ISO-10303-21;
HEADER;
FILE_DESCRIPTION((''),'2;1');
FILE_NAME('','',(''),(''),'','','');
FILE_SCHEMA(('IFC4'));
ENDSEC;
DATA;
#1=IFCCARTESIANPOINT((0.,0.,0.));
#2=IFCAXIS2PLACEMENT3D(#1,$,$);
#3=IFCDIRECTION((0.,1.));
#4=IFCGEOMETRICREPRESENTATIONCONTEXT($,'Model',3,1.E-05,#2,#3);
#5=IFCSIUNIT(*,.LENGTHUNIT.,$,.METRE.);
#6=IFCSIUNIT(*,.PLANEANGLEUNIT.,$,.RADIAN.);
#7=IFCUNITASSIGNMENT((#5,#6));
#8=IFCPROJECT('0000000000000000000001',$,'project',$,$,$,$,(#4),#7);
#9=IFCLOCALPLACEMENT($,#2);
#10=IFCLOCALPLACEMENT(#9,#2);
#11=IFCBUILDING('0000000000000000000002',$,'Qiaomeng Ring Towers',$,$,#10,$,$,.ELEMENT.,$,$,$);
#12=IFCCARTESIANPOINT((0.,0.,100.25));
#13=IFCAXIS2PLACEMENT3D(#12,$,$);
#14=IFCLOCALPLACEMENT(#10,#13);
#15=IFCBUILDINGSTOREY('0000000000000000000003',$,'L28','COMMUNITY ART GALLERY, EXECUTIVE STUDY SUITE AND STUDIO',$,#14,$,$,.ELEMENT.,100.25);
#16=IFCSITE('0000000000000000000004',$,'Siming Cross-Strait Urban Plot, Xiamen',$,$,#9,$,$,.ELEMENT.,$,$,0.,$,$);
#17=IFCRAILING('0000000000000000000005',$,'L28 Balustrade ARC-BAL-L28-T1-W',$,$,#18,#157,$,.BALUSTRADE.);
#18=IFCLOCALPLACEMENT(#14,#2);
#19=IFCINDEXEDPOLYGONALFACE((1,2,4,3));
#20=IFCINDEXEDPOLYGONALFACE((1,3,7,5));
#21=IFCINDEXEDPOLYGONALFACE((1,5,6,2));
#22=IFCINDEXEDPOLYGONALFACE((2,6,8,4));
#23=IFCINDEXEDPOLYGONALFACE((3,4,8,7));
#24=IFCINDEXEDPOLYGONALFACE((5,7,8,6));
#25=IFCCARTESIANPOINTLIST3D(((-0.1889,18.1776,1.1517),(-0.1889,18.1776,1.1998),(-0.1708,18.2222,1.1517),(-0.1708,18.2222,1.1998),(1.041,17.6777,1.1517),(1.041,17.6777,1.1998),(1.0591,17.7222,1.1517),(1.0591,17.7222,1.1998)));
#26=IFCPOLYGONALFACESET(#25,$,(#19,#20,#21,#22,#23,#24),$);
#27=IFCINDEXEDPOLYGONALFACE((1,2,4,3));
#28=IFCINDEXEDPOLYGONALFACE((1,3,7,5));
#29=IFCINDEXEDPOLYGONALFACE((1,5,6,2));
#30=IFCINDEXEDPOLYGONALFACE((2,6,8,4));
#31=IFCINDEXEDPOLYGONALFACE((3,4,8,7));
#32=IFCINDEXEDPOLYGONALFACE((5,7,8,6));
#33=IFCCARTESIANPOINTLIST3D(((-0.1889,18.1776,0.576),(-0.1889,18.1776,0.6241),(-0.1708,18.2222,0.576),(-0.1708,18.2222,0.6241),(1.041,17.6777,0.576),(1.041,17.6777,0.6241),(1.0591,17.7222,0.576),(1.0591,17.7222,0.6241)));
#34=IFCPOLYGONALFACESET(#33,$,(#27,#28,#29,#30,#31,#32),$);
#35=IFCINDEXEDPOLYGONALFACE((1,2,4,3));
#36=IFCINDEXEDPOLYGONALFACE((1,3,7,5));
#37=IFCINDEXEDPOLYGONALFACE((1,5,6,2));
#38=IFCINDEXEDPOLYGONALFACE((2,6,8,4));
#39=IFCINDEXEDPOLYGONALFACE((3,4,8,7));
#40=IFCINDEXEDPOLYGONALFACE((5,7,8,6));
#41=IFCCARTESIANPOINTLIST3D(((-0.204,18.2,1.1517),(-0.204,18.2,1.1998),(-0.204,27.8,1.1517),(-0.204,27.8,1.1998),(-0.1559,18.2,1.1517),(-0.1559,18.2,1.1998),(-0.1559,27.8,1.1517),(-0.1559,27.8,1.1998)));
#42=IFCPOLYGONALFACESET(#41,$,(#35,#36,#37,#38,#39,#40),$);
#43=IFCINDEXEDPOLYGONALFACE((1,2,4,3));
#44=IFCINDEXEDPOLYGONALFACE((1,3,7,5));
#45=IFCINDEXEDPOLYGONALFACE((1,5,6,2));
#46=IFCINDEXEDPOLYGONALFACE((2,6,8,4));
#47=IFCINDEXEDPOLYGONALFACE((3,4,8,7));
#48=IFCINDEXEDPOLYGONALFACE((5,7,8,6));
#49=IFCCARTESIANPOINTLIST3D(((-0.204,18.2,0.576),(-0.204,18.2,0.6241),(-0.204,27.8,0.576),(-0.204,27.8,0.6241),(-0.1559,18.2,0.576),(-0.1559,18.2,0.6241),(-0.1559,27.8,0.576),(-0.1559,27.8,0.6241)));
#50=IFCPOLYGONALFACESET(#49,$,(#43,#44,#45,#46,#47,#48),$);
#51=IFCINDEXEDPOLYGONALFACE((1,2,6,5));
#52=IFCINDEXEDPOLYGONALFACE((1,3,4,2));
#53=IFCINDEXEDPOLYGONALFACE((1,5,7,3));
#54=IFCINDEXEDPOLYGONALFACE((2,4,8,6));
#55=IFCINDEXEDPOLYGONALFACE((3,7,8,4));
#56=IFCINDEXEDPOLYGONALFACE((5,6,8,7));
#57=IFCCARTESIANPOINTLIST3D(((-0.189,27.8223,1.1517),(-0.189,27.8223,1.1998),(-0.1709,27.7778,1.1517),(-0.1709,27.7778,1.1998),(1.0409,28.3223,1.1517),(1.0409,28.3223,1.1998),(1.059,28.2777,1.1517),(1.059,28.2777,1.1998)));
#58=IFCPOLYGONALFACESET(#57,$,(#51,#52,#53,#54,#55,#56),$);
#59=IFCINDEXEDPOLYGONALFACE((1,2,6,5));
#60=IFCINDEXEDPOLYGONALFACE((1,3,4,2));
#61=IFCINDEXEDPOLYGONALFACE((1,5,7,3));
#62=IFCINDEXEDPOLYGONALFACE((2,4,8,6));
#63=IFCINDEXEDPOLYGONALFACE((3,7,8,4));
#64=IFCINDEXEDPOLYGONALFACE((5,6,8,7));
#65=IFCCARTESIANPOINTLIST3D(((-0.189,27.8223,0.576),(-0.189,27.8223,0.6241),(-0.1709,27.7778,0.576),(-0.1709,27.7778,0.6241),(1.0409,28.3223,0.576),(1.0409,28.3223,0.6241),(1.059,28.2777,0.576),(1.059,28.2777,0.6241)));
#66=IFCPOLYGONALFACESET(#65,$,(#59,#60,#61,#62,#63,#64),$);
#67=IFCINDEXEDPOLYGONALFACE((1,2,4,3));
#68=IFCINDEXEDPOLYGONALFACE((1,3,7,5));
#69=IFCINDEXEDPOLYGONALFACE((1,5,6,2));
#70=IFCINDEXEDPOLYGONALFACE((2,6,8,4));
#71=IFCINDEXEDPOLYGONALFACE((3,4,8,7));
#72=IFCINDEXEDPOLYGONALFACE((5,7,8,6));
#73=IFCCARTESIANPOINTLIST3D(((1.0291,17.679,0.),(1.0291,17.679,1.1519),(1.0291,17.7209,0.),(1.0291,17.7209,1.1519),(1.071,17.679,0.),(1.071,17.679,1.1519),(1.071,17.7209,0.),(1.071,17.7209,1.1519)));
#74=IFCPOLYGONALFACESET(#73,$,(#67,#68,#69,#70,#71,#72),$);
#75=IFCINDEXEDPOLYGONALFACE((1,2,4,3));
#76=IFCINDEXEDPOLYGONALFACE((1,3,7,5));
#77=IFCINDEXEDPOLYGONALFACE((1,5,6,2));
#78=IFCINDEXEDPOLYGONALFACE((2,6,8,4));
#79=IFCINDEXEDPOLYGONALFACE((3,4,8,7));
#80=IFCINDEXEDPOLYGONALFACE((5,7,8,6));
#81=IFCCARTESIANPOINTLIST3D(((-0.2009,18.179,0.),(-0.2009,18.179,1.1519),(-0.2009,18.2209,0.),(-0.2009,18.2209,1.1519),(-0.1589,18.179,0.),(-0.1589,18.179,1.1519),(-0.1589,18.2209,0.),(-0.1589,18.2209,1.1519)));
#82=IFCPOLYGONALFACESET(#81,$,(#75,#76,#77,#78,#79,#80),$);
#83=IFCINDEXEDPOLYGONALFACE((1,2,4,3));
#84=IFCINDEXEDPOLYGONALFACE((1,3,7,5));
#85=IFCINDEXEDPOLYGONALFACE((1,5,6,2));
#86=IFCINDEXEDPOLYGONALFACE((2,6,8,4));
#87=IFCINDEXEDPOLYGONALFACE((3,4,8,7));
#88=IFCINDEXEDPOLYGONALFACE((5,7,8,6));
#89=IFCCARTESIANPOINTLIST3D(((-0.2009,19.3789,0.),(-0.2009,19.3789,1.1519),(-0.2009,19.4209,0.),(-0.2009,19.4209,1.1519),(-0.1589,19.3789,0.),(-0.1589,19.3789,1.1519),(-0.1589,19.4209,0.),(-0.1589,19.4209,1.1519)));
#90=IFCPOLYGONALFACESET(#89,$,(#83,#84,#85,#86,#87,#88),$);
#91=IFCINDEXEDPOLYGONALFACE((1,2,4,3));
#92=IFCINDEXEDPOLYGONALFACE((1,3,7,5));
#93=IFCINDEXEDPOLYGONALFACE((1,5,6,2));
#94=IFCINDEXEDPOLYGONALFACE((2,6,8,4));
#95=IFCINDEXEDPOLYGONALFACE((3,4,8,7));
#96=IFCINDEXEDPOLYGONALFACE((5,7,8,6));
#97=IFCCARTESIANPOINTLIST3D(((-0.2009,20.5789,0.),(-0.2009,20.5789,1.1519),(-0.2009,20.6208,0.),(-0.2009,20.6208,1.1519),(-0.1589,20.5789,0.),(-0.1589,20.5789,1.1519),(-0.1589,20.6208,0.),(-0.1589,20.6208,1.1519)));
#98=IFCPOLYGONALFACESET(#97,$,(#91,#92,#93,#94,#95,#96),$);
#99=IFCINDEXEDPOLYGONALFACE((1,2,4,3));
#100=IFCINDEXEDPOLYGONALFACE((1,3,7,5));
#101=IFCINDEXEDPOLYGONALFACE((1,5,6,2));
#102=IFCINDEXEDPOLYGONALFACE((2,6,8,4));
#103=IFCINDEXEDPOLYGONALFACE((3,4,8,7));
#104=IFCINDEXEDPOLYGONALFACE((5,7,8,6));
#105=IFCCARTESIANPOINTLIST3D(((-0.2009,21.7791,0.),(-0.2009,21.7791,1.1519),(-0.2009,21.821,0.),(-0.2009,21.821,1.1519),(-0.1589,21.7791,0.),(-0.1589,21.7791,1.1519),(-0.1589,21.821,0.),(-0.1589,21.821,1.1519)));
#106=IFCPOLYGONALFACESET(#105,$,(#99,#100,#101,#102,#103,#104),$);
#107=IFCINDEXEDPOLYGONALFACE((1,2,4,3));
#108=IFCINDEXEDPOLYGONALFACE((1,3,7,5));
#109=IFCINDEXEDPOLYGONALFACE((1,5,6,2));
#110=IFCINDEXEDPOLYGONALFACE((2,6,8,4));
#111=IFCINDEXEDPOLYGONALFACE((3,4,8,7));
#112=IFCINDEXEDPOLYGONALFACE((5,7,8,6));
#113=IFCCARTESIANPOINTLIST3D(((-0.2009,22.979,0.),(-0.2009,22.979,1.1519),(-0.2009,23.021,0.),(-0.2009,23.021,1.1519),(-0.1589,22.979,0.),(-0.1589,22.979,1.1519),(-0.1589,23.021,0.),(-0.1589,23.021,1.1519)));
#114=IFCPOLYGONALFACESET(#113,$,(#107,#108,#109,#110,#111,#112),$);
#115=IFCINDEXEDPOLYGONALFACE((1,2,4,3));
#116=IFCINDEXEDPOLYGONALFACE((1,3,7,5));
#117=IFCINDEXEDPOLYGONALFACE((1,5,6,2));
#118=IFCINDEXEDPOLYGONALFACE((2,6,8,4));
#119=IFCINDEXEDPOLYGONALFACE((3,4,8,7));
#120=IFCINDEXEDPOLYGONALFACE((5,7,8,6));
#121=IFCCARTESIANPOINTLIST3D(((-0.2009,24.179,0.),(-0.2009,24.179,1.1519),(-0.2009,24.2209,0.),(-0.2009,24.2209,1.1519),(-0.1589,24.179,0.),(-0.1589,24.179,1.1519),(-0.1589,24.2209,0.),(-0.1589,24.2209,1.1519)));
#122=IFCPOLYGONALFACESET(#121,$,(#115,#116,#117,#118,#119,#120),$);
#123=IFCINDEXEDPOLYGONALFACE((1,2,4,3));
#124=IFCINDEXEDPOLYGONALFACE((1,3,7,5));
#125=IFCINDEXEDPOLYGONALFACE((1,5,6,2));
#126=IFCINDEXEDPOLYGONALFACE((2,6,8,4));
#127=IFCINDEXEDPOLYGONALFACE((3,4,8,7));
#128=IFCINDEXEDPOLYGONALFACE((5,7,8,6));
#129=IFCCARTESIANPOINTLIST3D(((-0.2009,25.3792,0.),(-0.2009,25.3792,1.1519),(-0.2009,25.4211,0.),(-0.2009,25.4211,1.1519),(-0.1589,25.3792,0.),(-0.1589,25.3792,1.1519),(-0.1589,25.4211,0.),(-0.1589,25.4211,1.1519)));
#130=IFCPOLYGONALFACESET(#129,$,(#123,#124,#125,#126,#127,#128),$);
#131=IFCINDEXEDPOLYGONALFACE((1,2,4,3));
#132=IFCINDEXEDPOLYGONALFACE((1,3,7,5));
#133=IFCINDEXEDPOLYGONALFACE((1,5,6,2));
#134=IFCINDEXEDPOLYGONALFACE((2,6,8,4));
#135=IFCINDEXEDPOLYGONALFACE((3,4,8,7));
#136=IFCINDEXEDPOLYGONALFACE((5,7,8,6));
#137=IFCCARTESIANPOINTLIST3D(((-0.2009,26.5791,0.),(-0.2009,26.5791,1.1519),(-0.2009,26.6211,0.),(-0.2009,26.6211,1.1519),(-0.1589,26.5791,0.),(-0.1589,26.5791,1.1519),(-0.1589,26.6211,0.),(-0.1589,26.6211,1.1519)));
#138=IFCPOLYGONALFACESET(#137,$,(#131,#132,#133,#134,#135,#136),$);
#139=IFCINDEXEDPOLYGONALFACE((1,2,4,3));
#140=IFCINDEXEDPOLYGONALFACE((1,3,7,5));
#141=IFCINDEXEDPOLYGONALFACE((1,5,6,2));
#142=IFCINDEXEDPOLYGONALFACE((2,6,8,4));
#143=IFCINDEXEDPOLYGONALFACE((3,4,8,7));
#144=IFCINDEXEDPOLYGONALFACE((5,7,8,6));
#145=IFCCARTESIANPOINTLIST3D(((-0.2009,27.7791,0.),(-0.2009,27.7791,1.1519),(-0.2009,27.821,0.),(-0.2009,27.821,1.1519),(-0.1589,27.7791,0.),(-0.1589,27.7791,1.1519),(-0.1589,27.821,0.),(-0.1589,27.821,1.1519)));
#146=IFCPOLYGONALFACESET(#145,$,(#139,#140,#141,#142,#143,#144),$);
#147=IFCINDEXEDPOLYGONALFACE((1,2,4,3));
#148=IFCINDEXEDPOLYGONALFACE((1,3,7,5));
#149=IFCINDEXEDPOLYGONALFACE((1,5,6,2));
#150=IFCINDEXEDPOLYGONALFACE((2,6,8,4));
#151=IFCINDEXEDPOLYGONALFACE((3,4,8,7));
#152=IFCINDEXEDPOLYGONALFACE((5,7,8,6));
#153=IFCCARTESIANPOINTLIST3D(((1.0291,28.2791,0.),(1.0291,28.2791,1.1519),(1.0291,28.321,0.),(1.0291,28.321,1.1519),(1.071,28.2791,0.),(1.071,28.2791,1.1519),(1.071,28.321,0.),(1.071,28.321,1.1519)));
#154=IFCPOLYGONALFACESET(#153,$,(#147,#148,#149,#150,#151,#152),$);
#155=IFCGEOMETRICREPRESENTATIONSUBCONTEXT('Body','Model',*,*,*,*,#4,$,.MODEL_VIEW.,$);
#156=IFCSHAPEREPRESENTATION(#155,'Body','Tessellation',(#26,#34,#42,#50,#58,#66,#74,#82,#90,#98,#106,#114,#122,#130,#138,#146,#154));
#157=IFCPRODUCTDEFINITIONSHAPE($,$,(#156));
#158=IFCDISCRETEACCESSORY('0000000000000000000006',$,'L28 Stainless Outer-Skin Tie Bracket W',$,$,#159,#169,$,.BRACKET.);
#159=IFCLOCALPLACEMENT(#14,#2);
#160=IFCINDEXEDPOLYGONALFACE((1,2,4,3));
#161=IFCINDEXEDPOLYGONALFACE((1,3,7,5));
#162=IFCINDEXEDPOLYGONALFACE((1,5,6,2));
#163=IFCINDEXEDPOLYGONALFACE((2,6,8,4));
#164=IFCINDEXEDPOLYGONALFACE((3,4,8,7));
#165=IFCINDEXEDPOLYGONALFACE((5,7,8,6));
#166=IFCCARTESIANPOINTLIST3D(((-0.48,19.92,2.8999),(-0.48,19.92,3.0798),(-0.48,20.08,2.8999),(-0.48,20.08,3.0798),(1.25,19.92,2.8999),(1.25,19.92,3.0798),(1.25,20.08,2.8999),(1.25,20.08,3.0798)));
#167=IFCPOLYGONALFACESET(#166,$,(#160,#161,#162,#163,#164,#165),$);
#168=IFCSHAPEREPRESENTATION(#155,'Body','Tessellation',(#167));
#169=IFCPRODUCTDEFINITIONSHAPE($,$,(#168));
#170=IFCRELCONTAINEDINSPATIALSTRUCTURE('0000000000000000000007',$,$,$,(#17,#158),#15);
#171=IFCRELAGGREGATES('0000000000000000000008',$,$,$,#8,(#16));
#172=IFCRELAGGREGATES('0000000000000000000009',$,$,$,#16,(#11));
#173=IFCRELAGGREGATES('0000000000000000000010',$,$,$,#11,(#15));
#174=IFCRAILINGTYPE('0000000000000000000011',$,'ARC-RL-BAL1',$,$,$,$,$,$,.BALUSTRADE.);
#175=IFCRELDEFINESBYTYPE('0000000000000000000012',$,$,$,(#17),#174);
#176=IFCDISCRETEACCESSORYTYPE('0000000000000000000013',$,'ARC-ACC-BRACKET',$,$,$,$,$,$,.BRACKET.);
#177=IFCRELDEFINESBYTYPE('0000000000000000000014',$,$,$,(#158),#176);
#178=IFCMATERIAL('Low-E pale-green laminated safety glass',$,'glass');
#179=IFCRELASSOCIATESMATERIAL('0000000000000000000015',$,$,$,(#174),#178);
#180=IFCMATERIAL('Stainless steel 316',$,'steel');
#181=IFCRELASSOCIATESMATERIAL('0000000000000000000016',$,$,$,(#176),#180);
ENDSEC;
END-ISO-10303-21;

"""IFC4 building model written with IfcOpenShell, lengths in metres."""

from ifc_helpers import new_model, si_unit, direction, frame, origin, origin_2d, place, context, subcontext, project, spatial, rectangle, extrude, source, transform, mapped, material, type_object, element, save


model = new_model("IFC4")

# Units and contexts
model_context = context("Model", 3, precision=1e-05, world=origin(), true_north=direction((0.0, 1.0)))
body_context = subcontext(model_context, "Body", "Model", "MODEL_VIEW")
ifc_project = project(units=[si_unit("LENGTHUNIT", "METRE"), si_unit("PLANEANGLEUNIT", "RADIAN")], contexts=[model_context])

# Site, building, storey
site_placement = place(None, origin())
site = spatial("IfcSite", under=ifc_project, at=site_placement, Name="Siming Cross-Strait Urban Plot, Xiamen", CompositionType="ELEMENT", RefElevation=0.0)
building_placement = place(site_placement, origin())
building = spatial("IfcBuilding", under=site, at=building_placement, Name="Qiaomeng Ring Towers", CompositionType="ELEMENT")
storey_placement = place(building_placement, frame((0.0, 0.0, 100.25)))
storey = spatial("IfcBuildingStorey", under=building, at=storey_placement, Name="L28", Description="COMMUNITY ART GALLERY, EXECUTIVE STUDY SUITE AND STUDIO", CompositionType="ELEMENT", Elevation=100.25)

# Shared definitions
ifc_material_1 = material(Name="Stainless steel 316", Category="steel")

# Railing
ifc_material_2 = material(Name="Low-E pale-green laminated safety glass", Category="glass")
railing_type = type_object("IfcRailingType", Name="ARC-RL-BAL1", PredefinedType="BALUSTRADE", material=ifc_material_2)
railing_1_placement = place(storey_placement, frame((1.05, 17.7, 0.0)))
element("IfcRailing", 1, at=railing_1_placement, inside=storey, type_object=railing_type, Name="L28 Balustrade ARC-BAL-L28-T1-W", PredefinedType="BALUSTRADE", context=body_context, shape_type="SweptSolid", body=[
    extrude(rectangle(XDim=0.0481, YDim=0.0481, at=origin_2d()), frame((0.0, 0.0, 1.1758), z_axis=(-0.926382, 0.376584, 0.0), x_axis=(-0.376584, -0.926382, 0.0)), (0.0, 0.0, 1.0), 1.3276),
    extrude(rectangle(XDim=0.0481, YDim=0.0481, at=origin_2d()), frame((0.0, 0.0, 0.6001), z_axis=(-0.926382, 0.376584, 0.0), x_axis=(-0.376584, -0.926382, 0.0)), (0.0, 0.0, 1.0), 1.3276),
    extrude(rectangle(XDim=0.0481, YDim=0.0481, at=origin_2d()), frame((-1.23, 0.5, 1.1758), z_axis=(0.0, 1.0, 0.0), x_axis=(-1.0, 0.0, 0.0)), (0.0, 0.0, 1.0), 9.6001),
    extrude(rectangle(XDim=0.0481, YDim=0.0481, at=origin_2d()), frame((-1.23, 0.5, 0.6001), z_axis=(0.0, 1.0, 0.0), x_axis=(-1.0, 0.0, 0.0)), (0.0, 0.0, 1.0), 9.6001),
    extrude(rectangle(XDim=0.0481, YDim=0.0481, at=origin_2d()), frame((-1.23, 10.1001, 1.1758), z_axis=(0.926382, 0.376584, 0.0), x_axis=(-0.376584, 0.926382, 0.0)), (0.0, 0.0, 1.0), 1.3276),
    extrude(rectangle(XDim=0.0481, YDim=0.0481, at=origin_2d()), frame((-1.23, 10.1001, 0.6001), z_axis=(0.926382, 0.376584, 0.0), x_axis=(-0.376584, 0.926382, 0.0)), (0.0, 0.0, 1.0), 1.3276),
    extrude(rectangle(XDim=0.042, YDim=0.042, at=origin_2d()), origin(), (0.0, 0.0, 1.0), 1.1519),
    extrude(rectangle(XDim=0.042, YDim=0.042, at=origin_2d()), frame((-1.23, 0.5, 0.0)), (0.0, 0.0, 1.0), 1.1519),
    extrude(rectangle(XDim=0.042, YDim=0.042, at=origin_2d()), frame((-1.23, 1.7, 0.0)), (0.0, 0.0, 1.0), 1.1519),
    extrude(rectangle(XDim=0.042, YDim=0.042, at=origin_2d()), frame((-1.23, 2.8999, 0.0)), (0.0, 0.0, 1.0), 1.1519),
    extrude(rectangle(XDim=0.042, YDim=0.042, at=origin_2d()), frame((-1.23, 4.1001, 0.0)), (0.0, 0.0, 1.0), 1.1519),
    extrude(rectangle(XDim=0.042, YDim=0.042, at=origin_2d()), frame((-1.23, 5.3, 0.0)), (0.0, 0.0, 1.0), 1.1519),
    extrude(rectangle(XDim=0.042, YDim=0.042, at=origin_2d()), frame((-1.23, 6.5, 0.0)), (0.0, 0.0, 1.0), 1.1519),
    extrude(rectangle(XDim=0.042, YDim=0.042, at=origin_2d()), frame((-1.23, 7.7002, 0.0)), (0.0, 0.0, 1.0), 1.1519),
    extrude(rectangle(XDim=0.042, YDim=0.042, at=origin_2d()), frame((-1.23, 8.9001, 0.0)), (0.0, 0.0, 1.0), 1.1519),
    extrude(rectangle(XDim=0.042, YDim=0.042, at=origin_2d()), frame((-1.23, 10.1001, 0.0)), (0.0, 0.0, 1.0), 1.1519),
    extrude(rectangle(XDim=0.042, YDim=0.042, at=origin_2d()), frame((0.0, 10.6001, 0.0)), (0.0, 0.0, 1.0), 1.1519),
])

# Discrete accessory
discrete_accessory_type = type_object("IfcDiscreteAccessoryType", Name="ARC-ACC-BRACKET", PredefinedType="BRACKET", material=ifc_material_1)
shared_shape_1 = source(origin(), body_context, "Body", "SweptSolid", [
    extrude(rectangle(XDim=1.73, YDim=0.1599, at=origin_2d()), origin(), (0.0, 0.0, 1.0), 0.1799),
])
discrete_accessory_placement = place(storey_placement, frame((0.385, 20.0, 2.8999), z_axis=(0.0, 0.0, 1.0), x_axis=(1.0, 0.0, 0.0)))
element("IfcDiscreteAccessory", 2, at=discrete_accessory_placement, inside=storey, type_object=discrete_accessory_type, Name="L28 Stainless Outer-Skin Tie Bracket W", PredefinedType="BRACKET", context=body_context, shape_type="MappedRepresentation", body=[
    mapped(shared_shape_1, transform((0.0, 0.0, 0.0), x_axis=(1.0, 0.0, 0.0), y_axis=(0.0, 1.0, 0.0), z_axis=(0.0, 0.0, 1.0), scale=1.0)),
])

save(model, "model.ifc")
